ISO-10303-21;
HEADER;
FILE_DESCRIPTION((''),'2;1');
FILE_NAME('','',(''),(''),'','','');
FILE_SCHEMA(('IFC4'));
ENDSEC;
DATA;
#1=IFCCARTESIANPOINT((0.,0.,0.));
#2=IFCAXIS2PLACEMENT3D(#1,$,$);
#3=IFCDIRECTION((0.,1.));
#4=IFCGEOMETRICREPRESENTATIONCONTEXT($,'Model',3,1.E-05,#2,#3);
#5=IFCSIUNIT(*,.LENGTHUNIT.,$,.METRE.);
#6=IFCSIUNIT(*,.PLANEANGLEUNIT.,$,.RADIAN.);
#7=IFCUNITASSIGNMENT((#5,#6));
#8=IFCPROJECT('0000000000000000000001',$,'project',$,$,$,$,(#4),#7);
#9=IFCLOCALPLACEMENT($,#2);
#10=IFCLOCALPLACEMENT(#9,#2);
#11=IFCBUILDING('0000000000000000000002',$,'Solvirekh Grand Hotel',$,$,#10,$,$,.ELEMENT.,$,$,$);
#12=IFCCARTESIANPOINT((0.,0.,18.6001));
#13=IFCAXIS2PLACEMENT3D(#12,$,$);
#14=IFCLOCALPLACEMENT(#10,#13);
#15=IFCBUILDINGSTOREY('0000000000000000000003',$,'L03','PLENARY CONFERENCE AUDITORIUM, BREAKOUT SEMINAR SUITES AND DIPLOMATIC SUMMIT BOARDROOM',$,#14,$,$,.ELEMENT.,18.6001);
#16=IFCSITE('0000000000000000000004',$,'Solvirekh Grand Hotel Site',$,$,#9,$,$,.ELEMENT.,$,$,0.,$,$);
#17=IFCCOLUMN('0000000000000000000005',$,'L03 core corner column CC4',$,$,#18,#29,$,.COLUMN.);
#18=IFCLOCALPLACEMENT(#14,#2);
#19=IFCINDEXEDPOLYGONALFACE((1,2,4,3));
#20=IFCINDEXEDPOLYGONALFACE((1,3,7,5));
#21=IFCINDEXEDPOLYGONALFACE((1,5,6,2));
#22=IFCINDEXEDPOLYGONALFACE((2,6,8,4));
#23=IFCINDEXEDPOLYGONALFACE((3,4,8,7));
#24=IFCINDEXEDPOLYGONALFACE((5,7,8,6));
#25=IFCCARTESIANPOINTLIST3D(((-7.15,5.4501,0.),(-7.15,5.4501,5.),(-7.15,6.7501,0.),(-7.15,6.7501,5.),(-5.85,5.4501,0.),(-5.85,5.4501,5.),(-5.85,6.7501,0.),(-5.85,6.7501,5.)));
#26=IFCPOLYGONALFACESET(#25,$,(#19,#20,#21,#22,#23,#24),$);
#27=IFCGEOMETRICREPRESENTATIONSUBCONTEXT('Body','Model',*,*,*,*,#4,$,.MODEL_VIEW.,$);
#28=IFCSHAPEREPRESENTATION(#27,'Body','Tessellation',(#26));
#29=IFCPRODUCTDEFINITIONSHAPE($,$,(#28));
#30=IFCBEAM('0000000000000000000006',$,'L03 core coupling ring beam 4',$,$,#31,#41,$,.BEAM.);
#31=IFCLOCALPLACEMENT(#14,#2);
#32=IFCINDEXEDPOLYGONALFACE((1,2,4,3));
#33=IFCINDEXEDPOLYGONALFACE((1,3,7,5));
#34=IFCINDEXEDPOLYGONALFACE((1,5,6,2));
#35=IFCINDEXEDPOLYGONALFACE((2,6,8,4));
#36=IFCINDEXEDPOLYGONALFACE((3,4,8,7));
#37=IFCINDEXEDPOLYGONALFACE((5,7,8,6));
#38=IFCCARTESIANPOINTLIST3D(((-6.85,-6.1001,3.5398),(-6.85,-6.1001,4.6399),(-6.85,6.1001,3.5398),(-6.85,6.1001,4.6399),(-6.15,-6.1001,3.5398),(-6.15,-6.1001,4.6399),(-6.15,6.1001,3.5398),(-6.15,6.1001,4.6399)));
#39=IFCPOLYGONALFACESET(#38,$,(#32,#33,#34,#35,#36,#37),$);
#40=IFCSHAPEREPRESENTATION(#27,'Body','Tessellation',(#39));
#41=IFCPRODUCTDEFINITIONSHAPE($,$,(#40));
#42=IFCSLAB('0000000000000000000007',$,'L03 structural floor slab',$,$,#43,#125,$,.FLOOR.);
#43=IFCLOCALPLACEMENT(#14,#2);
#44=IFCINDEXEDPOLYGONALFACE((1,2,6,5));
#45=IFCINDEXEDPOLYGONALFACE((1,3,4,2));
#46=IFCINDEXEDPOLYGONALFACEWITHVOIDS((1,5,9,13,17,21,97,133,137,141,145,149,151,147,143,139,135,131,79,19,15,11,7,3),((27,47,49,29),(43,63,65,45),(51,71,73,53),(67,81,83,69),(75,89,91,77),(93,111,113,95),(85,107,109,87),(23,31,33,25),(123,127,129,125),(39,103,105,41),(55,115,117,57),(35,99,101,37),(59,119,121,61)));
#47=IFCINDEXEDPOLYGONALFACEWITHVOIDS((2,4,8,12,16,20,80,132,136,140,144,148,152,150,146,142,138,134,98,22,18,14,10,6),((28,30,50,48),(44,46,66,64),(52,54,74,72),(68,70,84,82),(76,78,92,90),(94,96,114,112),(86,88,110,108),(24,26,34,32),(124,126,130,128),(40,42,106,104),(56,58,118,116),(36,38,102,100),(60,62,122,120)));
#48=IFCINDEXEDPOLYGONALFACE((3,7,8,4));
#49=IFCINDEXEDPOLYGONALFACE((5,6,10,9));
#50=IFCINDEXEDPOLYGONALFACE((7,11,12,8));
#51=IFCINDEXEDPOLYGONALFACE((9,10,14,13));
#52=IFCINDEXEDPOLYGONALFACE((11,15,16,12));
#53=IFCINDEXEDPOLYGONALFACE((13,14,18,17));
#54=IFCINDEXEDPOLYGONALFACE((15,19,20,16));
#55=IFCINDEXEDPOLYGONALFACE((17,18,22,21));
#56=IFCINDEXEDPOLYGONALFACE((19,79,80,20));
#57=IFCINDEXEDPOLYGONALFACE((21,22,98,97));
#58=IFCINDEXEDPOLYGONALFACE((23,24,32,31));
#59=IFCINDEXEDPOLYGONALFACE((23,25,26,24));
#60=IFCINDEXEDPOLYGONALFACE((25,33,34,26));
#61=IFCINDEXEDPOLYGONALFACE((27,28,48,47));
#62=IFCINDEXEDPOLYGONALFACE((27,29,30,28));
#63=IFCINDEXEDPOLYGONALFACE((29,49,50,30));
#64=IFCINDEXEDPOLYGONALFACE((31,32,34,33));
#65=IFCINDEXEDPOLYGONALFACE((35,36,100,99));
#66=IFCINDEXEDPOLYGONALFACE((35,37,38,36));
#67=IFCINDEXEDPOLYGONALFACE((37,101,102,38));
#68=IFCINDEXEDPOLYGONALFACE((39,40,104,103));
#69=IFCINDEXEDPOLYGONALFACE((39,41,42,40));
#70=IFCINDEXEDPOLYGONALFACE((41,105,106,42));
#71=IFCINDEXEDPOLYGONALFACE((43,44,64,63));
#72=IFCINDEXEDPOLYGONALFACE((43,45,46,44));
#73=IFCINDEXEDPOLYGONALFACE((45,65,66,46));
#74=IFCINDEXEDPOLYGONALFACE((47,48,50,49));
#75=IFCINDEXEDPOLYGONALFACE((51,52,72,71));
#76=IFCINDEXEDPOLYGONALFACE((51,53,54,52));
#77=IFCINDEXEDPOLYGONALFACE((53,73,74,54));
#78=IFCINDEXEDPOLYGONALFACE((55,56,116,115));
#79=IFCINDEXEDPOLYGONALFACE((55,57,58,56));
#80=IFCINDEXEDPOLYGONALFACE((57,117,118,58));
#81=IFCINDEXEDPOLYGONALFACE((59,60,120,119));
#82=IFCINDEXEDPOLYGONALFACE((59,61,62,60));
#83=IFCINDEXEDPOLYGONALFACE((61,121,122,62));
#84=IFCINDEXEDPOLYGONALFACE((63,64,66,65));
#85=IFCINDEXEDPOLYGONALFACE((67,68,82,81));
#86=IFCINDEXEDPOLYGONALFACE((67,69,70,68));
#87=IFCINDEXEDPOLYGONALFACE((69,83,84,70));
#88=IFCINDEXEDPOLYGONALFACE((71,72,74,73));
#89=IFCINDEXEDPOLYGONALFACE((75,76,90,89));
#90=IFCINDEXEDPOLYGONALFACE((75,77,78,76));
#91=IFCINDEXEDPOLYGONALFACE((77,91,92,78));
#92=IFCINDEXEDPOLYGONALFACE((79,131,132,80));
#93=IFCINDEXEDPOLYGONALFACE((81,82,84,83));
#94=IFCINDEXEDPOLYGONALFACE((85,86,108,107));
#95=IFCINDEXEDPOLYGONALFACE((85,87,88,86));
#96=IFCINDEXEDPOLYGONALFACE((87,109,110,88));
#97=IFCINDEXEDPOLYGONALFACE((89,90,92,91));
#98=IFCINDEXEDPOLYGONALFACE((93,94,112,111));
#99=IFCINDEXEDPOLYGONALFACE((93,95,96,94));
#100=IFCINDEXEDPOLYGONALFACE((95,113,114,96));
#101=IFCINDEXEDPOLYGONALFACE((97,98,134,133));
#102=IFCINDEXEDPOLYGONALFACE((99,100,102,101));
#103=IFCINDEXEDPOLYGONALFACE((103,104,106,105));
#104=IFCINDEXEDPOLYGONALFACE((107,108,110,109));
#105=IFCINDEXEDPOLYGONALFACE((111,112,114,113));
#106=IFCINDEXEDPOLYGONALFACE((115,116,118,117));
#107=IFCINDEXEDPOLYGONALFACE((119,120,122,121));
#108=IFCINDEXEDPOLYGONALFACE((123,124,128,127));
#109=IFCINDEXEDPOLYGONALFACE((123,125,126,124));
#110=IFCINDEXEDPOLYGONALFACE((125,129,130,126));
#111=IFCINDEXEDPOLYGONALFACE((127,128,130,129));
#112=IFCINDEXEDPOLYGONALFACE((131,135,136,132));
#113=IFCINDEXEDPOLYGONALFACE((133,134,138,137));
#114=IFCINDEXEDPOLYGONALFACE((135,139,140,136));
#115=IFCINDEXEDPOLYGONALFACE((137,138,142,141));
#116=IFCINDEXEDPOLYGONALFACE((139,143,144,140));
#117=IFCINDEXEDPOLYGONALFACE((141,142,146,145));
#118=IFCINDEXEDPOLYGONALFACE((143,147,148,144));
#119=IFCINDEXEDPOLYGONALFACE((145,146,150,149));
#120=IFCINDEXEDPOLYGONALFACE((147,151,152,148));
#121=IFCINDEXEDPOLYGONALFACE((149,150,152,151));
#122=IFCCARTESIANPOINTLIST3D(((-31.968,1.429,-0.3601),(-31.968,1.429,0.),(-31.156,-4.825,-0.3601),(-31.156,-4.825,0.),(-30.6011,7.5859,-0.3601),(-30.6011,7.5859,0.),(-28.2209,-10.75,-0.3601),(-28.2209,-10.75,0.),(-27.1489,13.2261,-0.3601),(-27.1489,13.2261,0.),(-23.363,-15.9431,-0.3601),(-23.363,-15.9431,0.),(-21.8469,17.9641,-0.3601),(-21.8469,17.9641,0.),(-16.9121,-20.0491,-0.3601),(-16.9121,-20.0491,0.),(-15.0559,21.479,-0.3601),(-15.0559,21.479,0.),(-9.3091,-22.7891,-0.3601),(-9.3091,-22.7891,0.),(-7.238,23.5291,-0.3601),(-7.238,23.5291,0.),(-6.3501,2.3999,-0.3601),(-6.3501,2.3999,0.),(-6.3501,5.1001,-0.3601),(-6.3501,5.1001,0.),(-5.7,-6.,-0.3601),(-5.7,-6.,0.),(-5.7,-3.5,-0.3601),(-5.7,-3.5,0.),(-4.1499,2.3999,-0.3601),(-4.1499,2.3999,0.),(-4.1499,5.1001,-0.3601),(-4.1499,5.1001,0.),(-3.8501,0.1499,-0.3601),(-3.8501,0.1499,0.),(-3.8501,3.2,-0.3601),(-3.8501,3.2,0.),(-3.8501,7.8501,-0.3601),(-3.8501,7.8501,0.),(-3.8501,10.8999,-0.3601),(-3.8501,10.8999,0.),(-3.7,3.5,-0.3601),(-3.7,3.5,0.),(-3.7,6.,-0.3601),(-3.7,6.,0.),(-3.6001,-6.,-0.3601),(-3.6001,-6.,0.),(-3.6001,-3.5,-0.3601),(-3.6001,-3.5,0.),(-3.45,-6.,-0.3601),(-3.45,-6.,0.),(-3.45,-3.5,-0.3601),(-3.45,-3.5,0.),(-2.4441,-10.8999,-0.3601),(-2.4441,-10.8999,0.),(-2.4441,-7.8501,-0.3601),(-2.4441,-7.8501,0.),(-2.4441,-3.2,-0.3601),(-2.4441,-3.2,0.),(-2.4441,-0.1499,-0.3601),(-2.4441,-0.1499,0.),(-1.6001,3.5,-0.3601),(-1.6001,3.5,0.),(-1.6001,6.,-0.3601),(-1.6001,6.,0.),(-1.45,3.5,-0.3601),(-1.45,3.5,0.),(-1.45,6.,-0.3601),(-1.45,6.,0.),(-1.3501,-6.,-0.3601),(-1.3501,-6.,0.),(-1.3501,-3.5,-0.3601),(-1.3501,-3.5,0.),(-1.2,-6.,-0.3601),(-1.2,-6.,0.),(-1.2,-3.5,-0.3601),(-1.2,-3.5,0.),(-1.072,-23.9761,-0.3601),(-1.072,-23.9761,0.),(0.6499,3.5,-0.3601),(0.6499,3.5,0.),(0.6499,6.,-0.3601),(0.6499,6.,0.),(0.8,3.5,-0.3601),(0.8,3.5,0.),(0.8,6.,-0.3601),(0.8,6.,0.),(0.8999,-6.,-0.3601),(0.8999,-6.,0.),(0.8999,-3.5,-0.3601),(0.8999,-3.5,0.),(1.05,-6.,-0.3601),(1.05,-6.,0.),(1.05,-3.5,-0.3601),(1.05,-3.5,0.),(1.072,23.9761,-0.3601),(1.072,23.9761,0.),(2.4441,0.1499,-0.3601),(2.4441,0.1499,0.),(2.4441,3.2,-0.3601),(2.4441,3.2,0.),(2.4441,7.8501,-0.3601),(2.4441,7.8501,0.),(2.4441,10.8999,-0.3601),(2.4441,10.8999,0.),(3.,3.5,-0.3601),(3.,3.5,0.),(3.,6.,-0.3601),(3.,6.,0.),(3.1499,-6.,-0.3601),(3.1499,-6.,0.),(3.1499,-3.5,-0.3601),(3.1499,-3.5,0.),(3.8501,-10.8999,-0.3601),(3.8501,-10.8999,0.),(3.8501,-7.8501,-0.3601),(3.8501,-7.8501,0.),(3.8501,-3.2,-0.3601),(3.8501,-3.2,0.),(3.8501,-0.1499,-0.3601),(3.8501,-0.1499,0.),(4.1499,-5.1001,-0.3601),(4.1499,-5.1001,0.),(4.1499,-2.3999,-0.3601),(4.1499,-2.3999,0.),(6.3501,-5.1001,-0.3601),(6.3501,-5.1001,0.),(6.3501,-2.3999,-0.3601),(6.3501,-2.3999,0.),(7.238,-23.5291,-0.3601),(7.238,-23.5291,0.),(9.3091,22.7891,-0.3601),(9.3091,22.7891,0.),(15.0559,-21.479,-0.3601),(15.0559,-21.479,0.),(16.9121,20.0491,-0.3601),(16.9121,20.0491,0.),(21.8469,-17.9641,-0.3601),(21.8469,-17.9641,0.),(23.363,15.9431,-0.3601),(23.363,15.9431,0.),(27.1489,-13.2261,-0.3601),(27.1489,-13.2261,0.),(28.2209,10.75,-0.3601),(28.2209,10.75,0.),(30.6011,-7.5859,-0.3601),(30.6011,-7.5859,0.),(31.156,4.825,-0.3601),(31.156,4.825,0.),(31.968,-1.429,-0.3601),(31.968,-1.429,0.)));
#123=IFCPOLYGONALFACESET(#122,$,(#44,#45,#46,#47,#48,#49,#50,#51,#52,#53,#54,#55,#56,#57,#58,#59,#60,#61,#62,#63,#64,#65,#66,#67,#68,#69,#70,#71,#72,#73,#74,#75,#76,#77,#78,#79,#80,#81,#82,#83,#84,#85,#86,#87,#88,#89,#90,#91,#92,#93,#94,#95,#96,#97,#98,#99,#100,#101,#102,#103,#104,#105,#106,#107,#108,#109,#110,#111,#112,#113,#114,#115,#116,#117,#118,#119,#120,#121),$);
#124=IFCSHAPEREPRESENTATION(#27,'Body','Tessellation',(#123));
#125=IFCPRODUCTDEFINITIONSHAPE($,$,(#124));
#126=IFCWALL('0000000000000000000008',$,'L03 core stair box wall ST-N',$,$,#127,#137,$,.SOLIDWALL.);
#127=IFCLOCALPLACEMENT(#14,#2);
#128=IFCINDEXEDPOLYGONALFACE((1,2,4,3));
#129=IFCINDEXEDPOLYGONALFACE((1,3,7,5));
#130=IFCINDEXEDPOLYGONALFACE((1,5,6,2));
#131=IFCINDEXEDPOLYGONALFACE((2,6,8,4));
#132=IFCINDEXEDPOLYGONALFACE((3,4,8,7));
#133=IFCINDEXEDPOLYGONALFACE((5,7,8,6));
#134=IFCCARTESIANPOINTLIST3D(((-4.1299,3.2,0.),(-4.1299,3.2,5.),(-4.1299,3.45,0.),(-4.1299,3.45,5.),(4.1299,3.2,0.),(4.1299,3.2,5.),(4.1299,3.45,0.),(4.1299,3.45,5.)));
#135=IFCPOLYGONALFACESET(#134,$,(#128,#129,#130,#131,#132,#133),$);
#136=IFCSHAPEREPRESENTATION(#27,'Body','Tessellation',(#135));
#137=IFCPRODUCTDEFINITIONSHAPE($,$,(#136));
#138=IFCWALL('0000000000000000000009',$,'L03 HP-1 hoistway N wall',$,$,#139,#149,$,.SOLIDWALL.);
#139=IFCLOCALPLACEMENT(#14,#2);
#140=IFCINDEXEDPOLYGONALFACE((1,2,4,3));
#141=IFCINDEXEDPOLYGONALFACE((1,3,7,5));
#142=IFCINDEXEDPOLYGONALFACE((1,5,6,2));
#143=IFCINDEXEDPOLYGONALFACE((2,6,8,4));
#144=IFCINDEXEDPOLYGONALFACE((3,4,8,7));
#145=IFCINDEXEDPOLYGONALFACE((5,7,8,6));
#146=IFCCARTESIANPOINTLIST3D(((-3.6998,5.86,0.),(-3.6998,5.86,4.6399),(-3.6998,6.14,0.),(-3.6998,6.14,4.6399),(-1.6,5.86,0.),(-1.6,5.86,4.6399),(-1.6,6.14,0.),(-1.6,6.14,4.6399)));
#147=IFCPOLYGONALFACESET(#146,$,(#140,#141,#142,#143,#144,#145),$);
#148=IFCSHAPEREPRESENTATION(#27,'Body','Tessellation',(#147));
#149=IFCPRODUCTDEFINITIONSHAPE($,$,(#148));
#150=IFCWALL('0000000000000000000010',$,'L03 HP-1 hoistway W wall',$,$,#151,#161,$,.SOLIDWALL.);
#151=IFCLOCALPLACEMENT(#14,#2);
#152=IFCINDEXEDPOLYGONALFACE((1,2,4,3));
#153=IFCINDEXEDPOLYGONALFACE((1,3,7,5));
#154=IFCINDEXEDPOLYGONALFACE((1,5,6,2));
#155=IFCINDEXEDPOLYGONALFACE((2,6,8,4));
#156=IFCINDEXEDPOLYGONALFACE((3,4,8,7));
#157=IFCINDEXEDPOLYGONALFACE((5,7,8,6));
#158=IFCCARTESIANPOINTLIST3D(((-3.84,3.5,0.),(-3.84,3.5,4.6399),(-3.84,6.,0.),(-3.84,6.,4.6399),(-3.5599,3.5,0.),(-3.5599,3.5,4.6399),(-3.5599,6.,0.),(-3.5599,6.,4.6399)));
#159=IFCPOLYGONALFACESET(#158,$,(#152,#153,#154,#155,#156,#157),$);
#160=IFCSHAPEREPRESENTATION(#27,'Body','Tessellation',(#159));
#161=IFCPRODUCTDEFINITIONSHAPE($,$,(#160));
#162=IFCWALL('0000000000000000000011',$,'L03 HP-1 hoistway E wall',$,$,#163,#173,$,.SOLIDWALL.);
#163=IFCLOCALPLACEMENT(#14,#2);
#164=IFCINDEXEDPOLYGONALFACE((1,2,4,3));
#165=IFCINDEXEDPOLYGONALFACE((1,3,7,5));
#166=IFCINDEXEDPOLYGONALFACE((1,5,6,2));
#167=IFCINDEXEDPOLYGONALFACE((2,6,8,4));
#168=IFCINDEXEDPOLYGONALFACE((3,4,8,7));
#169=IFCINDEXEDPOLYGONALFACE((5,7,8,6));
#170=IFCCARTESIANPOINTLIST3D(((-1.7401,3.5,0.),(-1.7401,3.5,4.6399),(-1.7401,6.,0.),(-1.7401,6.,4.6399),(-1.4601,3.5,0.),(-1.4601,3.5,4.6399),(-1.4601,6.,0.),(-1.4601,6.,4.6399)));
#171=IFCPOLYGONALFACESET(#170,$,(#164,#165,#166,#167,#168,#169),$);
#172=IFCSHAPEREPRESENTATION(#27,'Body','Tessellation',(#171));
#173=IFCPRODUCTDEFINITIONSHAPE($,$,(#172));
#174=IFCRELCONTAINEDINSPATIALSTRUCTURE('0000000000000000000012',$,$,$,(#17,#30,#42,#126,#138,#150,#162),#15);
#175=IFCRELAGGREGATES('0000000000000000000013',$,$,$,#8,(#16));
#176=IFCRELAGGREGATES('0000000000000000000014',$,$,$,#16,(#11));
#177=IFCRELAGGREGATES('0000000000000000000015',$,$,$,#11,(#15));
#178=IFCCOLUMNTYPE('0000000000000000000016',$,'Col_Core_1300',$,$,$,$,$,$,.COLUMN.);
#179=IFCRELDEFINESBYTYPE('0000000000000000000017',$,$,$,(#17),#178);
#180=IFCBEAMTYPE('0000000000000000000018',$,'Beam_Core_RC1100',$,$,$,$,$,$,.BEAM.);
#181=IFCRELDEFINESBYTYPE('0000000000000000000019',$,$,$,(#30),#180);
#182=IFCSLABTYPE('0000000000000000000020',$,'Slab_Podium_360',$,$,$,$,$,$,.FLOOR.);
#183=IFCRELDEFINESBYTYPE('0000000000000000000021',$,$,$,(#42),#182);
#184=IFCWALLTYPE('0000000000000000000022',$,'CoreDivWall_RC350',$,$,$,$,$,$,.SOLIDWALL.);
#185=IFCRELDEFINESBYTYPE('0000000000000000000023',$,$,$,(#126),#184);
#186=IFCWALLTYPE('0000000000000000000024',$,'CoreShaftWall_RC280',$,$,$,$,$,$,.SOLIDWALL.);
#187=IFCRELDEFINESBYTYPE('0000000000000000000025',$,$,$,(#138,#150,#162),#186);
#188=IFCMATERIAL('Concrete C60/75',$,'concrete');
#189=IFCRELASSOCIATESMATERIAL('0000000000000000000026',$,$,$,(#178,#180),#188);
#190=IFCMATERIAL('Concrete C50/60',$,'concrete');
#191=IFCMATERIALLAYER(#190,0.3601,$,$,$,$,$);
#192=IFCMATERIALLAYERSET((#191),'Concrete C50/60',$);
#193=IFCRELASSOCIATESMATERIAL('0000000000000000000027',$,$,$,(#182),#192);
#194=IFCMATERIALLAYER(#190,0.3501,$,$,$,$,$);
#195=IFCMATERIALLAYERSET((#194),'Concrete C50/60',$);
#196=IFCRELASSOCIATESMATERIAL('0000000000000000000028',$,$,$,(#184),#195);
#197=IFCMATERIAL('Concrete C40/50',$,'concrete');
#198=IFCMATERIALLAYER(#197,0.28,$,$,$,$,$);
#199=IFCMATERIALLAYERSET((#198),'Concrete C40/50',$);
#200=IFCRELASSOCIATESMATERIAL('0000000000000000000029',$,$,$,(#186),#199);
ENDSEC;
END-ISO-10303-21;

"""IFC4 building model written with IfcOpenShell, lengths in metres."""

from ifc_helpers import new_model, si_unit, direction, frame, frame_2d, origin, origin_2d, place, context, subcontext, project, spatial, polyline, rectangle, outline, extrude, material, layer, layer_set, material_profile, profile_set, type_object, element, save


model = new_model("IFC4")

# Units and contexts
model_context = context("Model", 3, precision=1e-05, world=origin(), true_north=direction((0.0, 1.0)))
body_context = subcontext(model_context, "Body", "Model", "MODEL_VIEW")
ifc_project = project(units=[si_unit("LENGTHUNIT", "METRE"), si_unit("PLANEANGLEUNIT", "RADIAN")], contexts=[model_context])

# Site, building, storey
site_placement = place(None, origin())
site = spatial("IfcSite", under=ifc_project, at=site_placement, Name="Solvirekh Grand Hotel Site", CompositionType="ELEMENT", RefElevation=0.0)
building_placement = place(site_placement, origin())
building = spatial("IfcBuilding", under=site, at=building_placement, Name="Solvirekh Grand Hotel", CompositionType="ELEMENT")
storey_placement = place(building_placement, frame((0.0, 0.0, 18.6001)))
storey = spatial("IfcBuildingStorey", under=building, at=storey_placement, Name="L03", Description="PLENARY CONFERENCE AUDITORIUM, BREAKOUT SEMINAR SUITES AND DIPLOMATIC SUMMIT BOARDROOM", CompositionType="ELEMENT", Elevation=18.6001)

# Column
ifc_material_1 = material(Name="Concrete C60/75", Category="concrete")
ifc_material_profile_1 = material_profile(ifc_material_1, rectangle(XDim=1.3, YDim=1.3, at=origin_2d()), Name="RC 1300X1300")
ifc_profile_set_1 = profile_set([ifc_material_profile_1], Name="Concrete C60/75")
column_type = type_object("IfcColumnType", Name="Col_Core_1300", PredefinedType="COLUMN", material=ifc_profile_set_1)
column_placement = place(storey_placement, frame((-6.5, 6.1001, 0.0), z_axis=(0.0, 0.0, 1.0), x_axis=(1.0, 0.0, 0.0)))
element("IfcColumn", 1, at=column_placement, inside=storey, type_object=column_type, Name="L03 core corner column CC4", PredefinedType="COLUMN", context=body_context, shape_type="SweptSolid", body=[
    extrude(rectangle(XDim=1.3, YDim=1.3, at=origin_2d()), origin(), (0.0, 0.0, 1.0), 5.0),
])

# Beam
ifc_material_profile_2 = material_profile(ifc_material_1, rectangle(XDim=0.7, YDim=1.1001, at=origin_2d()), Name="RC BEAM 700X1100")
ifc_profile_set_2 = profile_set([ifc_material_profile_2], Name="Concrete C60/75")
beam_type = type_object("IfcBeamType", Name="Beam_Core_RC1100", PredefinedType="BEAM", material=ifc_profile_set_2)
beam_placement = place(storey_placement, frame((-6.5, 6.1001, 4.0898), z_axis=(0.0, -1.0, 0.0), x_axis=(1.0, 0.0, 0.0)))
element("IfcBeam", 2, at=beam_placement, inside=storey, type_object=beam_type, Name="L03 core coupling ring beam 4", PredefinedType="BEAM", context=body_context, shape_type="SweptSolid", body=[
    extrude(rectangle(XDim=0.7, YDim=1.1001, at=origin_2d()), origin(), (0.0, 0.0, 1.0), 12.2002),
])

# Slab
ifc_material_2 = material(Name="Concrete C50/60", Category="concrete")
ifc_layer_1 = layer(ifc_material_2, 0.3601)
ifc_layer_set_1 = layer_set([ifc_layer_1], Name="Concrete C50/60")
slab_type = type_object("IfcSlabType", Name="Slab_Podium_360", PredefinedType="FLOOR", material=ifc_layer_set_1)
slab_placement = place(storey_placement, frame((0.0, 0.0, -0.3601)))
element("IfcSlab", 3, at=slab_placement, inside=storey, type_object=slab_type, Name="L03 structural floor slab", PredefinedType="FLOOR", context=body_context, shape_type="SweptSolid", body=[
    extrude(outline(polyline([(31.968, -1.429), (31.156, 4.825), (28.2209, 10.75), (23.363, 15.9431), (16.9121, 20.0491), (9.3091, 22.7891), (1.072, 23.9761), (-7.238, 23.5291), (-15.0559, 21.479), (-21.8469, 17.9641), (-27.1489, 13.2261), (-30.6011, 7.5859), (-31.968, 1.429), (-31.156, -4.825), (-28.2209, -10.75), (-23.363, -15.9431), (-16.9121, -20.0491), (-9.3091, -22.7891), (-1.072, -23.9761), (7.238, -23.5291), (15.0559, -21.479), (21.8469, -17.9641), (27.1489, -13.2261), (30.6011, -7.5859), (31.968, -1.429)]), holes=[polyline([(-2.4441, -0.1499), (3.8501, -0.1499), (3.8501, -3.2), (-2.4441, -3.2), (-2.4441, -0.1499)]), polyline([(2.4441, 0.1499), (-3.8501, 0.1499), (-3.8501, 3.2), (2.4441, 3.2), (2.4441, 0.1499)]), polyline([(-2.4441, -7.8501), (3.8501, -7.8501), (3.8501, -10.8999), (-2.4441, -10.8999), (-2.4441, -7.8501)]), polyline([(2.4441, 7.8501), (-3.8501, 7.8501), (-3.8501, 10.8999), (2.4441, 10.8999), (2.4441, 7.8501)]), polyline([(-5.7, -3.5), (-3.6001, -3.5), (-3.6001, -6.0), (-5.7, -6.0), (-5.7, -3.5)]), polyline([(-3.45, -3.5), (-1.3501, -3.5), (-1.3501, -6.0), (-3.45, -6.0), (-3.45, -3.5)]), polyline([(-1.2, -3.5), (0.8999, -3.5), (0.8999, -6.0), (-1.2, -6.0), (-1.2, -3.5)]), polyline([(1.05, -3.5), (3.1499, -3.5), (3.1499, -6.0), (1.05, -6.0), (1.05, -3.5)]), polyline([(-3.7, 6.0), (-1.6001, 6.0), (-1.6001, 3.5), (-3.7, 3.5), (-3.7, 6.0)]), polyline([(-1.45, 6.0), (0.6499, 6.0), (0.6499, 3.5), (-1.45, 3.5), (-1.45, 6.0)]), polyline([(0.8, 6.0), (3.0, 6.0), (3.0, 3.5), (0.8, 3.5), (0.8, 6.0)]), polyline([(-6.3501, 5.1001), (-4.1499, 5.1001), (-4.1499, 2.3999), (-6.3501, 2.3999), (-6.3501, 5.1001)]), polyline([(4.1499, -2.3999), (6.3501, -2.3999), (6.3501, -5.1001), (4.1499, -5.1001), (4.1499, -2.3999)])]), origin(), (0.0, 0.0, 1.0), 0.3601),
])

# Walls
ifc_layer_2 = layer(ifc_material_2, 0.3501)
ifc_layer_set_2 = layer_set([ifc_layer_2], Name="Concrete C50/60")
wall_type_1 = type_object("IfcWallType", Name="CoreDivWall_RC350", PredefinedType="SOLIDWALL", material=ifc_layer_set_2)
wall_1_placement = place(storey_placement, frame((-4.1299, 3.325, 0.0), z_axis=(0.0, 0.0, 1.0), x_axis=(1.0, 0.0, 0.0)))
element("IfcWall", 4, at=wall_1_placement, inside=storey, type_object=wall_type_1, Name="L03 core stair box wall ST-N", PredefinedType="SOLIDWALL", context=body_context, shape_type="SweptSolid", body=[
    extrude(rectangle(XDim=8.2598, YDim=0.25, at=frame_2d((4.1299, 0.0))), origin(), (0.0, 0.0, 1.0), 5.0),
])
ifc_material_3 = material(Name="Concrete C40/50", Category="concrete")
ifc_layer_3 = layer(ifc_material_3, 0.28)
ifc_layer_set_3 = layer_set([ifc_layer_3], Name="Concrete C40/50")
wall_type_2 = type_object("IfcWallType", Name="CoreShaftWall_RC280", PredefinedType="SOLIDWALL", material=ifc_layer_set_3)
wall_2_placement = place(storey_placement, frame((-1.6001, 6.0, 0.0), z_axis=(0.0, 0.0, 1.0), x_axis=(-1.0, 0.0, 0.0)))
element("IfcWall", 5, at=wall_2_placement, inside=storey, type_object=wall_type_2, Name="L03 HP-1 hoistway N wall", PredefinedType="SOLIDWALL", context=body_context, shape_type="SweptSolid", body=[
    extrude(rectangle(XDim=2.0999, YDim=0.28, at=frame_2d((1.0498, 0.0))), origin(), (0.0, 0.0, 1.0), 4.6399),
])
for number, where, z_axis, x_axis, name in (
    (6, (-3.7, 6.0, 0.0), (0.0, 0.0, 1.0), (0.0, -1.0, 0.0), "L03 HP-1 hoistway W wall"),
    (7, (-1.6001, 3.5, 0.0), (0.0, 0.0, 1.0), (0.0, 1.0, 0.0), "L03 HP-1 hoistway E wall"),
):
    element("IfcWall", number, at=place(storey_placement, frame(where, z_axis=z_axis, x_axis=x_axis)), inside=storey, type_object=wall_type_2, Name=name, PredefinedType="SOLIDWALL", context=body_context, shape_type="SweptSolid", body=[
        extrude(rectangle(XDim=2.5, YDim=0.28, at=frame_2d((1.25, 0.0))), origin(), (0.0, 0.0, 1.0), 4.6399),
    ])

save(model, "model.ifc")
